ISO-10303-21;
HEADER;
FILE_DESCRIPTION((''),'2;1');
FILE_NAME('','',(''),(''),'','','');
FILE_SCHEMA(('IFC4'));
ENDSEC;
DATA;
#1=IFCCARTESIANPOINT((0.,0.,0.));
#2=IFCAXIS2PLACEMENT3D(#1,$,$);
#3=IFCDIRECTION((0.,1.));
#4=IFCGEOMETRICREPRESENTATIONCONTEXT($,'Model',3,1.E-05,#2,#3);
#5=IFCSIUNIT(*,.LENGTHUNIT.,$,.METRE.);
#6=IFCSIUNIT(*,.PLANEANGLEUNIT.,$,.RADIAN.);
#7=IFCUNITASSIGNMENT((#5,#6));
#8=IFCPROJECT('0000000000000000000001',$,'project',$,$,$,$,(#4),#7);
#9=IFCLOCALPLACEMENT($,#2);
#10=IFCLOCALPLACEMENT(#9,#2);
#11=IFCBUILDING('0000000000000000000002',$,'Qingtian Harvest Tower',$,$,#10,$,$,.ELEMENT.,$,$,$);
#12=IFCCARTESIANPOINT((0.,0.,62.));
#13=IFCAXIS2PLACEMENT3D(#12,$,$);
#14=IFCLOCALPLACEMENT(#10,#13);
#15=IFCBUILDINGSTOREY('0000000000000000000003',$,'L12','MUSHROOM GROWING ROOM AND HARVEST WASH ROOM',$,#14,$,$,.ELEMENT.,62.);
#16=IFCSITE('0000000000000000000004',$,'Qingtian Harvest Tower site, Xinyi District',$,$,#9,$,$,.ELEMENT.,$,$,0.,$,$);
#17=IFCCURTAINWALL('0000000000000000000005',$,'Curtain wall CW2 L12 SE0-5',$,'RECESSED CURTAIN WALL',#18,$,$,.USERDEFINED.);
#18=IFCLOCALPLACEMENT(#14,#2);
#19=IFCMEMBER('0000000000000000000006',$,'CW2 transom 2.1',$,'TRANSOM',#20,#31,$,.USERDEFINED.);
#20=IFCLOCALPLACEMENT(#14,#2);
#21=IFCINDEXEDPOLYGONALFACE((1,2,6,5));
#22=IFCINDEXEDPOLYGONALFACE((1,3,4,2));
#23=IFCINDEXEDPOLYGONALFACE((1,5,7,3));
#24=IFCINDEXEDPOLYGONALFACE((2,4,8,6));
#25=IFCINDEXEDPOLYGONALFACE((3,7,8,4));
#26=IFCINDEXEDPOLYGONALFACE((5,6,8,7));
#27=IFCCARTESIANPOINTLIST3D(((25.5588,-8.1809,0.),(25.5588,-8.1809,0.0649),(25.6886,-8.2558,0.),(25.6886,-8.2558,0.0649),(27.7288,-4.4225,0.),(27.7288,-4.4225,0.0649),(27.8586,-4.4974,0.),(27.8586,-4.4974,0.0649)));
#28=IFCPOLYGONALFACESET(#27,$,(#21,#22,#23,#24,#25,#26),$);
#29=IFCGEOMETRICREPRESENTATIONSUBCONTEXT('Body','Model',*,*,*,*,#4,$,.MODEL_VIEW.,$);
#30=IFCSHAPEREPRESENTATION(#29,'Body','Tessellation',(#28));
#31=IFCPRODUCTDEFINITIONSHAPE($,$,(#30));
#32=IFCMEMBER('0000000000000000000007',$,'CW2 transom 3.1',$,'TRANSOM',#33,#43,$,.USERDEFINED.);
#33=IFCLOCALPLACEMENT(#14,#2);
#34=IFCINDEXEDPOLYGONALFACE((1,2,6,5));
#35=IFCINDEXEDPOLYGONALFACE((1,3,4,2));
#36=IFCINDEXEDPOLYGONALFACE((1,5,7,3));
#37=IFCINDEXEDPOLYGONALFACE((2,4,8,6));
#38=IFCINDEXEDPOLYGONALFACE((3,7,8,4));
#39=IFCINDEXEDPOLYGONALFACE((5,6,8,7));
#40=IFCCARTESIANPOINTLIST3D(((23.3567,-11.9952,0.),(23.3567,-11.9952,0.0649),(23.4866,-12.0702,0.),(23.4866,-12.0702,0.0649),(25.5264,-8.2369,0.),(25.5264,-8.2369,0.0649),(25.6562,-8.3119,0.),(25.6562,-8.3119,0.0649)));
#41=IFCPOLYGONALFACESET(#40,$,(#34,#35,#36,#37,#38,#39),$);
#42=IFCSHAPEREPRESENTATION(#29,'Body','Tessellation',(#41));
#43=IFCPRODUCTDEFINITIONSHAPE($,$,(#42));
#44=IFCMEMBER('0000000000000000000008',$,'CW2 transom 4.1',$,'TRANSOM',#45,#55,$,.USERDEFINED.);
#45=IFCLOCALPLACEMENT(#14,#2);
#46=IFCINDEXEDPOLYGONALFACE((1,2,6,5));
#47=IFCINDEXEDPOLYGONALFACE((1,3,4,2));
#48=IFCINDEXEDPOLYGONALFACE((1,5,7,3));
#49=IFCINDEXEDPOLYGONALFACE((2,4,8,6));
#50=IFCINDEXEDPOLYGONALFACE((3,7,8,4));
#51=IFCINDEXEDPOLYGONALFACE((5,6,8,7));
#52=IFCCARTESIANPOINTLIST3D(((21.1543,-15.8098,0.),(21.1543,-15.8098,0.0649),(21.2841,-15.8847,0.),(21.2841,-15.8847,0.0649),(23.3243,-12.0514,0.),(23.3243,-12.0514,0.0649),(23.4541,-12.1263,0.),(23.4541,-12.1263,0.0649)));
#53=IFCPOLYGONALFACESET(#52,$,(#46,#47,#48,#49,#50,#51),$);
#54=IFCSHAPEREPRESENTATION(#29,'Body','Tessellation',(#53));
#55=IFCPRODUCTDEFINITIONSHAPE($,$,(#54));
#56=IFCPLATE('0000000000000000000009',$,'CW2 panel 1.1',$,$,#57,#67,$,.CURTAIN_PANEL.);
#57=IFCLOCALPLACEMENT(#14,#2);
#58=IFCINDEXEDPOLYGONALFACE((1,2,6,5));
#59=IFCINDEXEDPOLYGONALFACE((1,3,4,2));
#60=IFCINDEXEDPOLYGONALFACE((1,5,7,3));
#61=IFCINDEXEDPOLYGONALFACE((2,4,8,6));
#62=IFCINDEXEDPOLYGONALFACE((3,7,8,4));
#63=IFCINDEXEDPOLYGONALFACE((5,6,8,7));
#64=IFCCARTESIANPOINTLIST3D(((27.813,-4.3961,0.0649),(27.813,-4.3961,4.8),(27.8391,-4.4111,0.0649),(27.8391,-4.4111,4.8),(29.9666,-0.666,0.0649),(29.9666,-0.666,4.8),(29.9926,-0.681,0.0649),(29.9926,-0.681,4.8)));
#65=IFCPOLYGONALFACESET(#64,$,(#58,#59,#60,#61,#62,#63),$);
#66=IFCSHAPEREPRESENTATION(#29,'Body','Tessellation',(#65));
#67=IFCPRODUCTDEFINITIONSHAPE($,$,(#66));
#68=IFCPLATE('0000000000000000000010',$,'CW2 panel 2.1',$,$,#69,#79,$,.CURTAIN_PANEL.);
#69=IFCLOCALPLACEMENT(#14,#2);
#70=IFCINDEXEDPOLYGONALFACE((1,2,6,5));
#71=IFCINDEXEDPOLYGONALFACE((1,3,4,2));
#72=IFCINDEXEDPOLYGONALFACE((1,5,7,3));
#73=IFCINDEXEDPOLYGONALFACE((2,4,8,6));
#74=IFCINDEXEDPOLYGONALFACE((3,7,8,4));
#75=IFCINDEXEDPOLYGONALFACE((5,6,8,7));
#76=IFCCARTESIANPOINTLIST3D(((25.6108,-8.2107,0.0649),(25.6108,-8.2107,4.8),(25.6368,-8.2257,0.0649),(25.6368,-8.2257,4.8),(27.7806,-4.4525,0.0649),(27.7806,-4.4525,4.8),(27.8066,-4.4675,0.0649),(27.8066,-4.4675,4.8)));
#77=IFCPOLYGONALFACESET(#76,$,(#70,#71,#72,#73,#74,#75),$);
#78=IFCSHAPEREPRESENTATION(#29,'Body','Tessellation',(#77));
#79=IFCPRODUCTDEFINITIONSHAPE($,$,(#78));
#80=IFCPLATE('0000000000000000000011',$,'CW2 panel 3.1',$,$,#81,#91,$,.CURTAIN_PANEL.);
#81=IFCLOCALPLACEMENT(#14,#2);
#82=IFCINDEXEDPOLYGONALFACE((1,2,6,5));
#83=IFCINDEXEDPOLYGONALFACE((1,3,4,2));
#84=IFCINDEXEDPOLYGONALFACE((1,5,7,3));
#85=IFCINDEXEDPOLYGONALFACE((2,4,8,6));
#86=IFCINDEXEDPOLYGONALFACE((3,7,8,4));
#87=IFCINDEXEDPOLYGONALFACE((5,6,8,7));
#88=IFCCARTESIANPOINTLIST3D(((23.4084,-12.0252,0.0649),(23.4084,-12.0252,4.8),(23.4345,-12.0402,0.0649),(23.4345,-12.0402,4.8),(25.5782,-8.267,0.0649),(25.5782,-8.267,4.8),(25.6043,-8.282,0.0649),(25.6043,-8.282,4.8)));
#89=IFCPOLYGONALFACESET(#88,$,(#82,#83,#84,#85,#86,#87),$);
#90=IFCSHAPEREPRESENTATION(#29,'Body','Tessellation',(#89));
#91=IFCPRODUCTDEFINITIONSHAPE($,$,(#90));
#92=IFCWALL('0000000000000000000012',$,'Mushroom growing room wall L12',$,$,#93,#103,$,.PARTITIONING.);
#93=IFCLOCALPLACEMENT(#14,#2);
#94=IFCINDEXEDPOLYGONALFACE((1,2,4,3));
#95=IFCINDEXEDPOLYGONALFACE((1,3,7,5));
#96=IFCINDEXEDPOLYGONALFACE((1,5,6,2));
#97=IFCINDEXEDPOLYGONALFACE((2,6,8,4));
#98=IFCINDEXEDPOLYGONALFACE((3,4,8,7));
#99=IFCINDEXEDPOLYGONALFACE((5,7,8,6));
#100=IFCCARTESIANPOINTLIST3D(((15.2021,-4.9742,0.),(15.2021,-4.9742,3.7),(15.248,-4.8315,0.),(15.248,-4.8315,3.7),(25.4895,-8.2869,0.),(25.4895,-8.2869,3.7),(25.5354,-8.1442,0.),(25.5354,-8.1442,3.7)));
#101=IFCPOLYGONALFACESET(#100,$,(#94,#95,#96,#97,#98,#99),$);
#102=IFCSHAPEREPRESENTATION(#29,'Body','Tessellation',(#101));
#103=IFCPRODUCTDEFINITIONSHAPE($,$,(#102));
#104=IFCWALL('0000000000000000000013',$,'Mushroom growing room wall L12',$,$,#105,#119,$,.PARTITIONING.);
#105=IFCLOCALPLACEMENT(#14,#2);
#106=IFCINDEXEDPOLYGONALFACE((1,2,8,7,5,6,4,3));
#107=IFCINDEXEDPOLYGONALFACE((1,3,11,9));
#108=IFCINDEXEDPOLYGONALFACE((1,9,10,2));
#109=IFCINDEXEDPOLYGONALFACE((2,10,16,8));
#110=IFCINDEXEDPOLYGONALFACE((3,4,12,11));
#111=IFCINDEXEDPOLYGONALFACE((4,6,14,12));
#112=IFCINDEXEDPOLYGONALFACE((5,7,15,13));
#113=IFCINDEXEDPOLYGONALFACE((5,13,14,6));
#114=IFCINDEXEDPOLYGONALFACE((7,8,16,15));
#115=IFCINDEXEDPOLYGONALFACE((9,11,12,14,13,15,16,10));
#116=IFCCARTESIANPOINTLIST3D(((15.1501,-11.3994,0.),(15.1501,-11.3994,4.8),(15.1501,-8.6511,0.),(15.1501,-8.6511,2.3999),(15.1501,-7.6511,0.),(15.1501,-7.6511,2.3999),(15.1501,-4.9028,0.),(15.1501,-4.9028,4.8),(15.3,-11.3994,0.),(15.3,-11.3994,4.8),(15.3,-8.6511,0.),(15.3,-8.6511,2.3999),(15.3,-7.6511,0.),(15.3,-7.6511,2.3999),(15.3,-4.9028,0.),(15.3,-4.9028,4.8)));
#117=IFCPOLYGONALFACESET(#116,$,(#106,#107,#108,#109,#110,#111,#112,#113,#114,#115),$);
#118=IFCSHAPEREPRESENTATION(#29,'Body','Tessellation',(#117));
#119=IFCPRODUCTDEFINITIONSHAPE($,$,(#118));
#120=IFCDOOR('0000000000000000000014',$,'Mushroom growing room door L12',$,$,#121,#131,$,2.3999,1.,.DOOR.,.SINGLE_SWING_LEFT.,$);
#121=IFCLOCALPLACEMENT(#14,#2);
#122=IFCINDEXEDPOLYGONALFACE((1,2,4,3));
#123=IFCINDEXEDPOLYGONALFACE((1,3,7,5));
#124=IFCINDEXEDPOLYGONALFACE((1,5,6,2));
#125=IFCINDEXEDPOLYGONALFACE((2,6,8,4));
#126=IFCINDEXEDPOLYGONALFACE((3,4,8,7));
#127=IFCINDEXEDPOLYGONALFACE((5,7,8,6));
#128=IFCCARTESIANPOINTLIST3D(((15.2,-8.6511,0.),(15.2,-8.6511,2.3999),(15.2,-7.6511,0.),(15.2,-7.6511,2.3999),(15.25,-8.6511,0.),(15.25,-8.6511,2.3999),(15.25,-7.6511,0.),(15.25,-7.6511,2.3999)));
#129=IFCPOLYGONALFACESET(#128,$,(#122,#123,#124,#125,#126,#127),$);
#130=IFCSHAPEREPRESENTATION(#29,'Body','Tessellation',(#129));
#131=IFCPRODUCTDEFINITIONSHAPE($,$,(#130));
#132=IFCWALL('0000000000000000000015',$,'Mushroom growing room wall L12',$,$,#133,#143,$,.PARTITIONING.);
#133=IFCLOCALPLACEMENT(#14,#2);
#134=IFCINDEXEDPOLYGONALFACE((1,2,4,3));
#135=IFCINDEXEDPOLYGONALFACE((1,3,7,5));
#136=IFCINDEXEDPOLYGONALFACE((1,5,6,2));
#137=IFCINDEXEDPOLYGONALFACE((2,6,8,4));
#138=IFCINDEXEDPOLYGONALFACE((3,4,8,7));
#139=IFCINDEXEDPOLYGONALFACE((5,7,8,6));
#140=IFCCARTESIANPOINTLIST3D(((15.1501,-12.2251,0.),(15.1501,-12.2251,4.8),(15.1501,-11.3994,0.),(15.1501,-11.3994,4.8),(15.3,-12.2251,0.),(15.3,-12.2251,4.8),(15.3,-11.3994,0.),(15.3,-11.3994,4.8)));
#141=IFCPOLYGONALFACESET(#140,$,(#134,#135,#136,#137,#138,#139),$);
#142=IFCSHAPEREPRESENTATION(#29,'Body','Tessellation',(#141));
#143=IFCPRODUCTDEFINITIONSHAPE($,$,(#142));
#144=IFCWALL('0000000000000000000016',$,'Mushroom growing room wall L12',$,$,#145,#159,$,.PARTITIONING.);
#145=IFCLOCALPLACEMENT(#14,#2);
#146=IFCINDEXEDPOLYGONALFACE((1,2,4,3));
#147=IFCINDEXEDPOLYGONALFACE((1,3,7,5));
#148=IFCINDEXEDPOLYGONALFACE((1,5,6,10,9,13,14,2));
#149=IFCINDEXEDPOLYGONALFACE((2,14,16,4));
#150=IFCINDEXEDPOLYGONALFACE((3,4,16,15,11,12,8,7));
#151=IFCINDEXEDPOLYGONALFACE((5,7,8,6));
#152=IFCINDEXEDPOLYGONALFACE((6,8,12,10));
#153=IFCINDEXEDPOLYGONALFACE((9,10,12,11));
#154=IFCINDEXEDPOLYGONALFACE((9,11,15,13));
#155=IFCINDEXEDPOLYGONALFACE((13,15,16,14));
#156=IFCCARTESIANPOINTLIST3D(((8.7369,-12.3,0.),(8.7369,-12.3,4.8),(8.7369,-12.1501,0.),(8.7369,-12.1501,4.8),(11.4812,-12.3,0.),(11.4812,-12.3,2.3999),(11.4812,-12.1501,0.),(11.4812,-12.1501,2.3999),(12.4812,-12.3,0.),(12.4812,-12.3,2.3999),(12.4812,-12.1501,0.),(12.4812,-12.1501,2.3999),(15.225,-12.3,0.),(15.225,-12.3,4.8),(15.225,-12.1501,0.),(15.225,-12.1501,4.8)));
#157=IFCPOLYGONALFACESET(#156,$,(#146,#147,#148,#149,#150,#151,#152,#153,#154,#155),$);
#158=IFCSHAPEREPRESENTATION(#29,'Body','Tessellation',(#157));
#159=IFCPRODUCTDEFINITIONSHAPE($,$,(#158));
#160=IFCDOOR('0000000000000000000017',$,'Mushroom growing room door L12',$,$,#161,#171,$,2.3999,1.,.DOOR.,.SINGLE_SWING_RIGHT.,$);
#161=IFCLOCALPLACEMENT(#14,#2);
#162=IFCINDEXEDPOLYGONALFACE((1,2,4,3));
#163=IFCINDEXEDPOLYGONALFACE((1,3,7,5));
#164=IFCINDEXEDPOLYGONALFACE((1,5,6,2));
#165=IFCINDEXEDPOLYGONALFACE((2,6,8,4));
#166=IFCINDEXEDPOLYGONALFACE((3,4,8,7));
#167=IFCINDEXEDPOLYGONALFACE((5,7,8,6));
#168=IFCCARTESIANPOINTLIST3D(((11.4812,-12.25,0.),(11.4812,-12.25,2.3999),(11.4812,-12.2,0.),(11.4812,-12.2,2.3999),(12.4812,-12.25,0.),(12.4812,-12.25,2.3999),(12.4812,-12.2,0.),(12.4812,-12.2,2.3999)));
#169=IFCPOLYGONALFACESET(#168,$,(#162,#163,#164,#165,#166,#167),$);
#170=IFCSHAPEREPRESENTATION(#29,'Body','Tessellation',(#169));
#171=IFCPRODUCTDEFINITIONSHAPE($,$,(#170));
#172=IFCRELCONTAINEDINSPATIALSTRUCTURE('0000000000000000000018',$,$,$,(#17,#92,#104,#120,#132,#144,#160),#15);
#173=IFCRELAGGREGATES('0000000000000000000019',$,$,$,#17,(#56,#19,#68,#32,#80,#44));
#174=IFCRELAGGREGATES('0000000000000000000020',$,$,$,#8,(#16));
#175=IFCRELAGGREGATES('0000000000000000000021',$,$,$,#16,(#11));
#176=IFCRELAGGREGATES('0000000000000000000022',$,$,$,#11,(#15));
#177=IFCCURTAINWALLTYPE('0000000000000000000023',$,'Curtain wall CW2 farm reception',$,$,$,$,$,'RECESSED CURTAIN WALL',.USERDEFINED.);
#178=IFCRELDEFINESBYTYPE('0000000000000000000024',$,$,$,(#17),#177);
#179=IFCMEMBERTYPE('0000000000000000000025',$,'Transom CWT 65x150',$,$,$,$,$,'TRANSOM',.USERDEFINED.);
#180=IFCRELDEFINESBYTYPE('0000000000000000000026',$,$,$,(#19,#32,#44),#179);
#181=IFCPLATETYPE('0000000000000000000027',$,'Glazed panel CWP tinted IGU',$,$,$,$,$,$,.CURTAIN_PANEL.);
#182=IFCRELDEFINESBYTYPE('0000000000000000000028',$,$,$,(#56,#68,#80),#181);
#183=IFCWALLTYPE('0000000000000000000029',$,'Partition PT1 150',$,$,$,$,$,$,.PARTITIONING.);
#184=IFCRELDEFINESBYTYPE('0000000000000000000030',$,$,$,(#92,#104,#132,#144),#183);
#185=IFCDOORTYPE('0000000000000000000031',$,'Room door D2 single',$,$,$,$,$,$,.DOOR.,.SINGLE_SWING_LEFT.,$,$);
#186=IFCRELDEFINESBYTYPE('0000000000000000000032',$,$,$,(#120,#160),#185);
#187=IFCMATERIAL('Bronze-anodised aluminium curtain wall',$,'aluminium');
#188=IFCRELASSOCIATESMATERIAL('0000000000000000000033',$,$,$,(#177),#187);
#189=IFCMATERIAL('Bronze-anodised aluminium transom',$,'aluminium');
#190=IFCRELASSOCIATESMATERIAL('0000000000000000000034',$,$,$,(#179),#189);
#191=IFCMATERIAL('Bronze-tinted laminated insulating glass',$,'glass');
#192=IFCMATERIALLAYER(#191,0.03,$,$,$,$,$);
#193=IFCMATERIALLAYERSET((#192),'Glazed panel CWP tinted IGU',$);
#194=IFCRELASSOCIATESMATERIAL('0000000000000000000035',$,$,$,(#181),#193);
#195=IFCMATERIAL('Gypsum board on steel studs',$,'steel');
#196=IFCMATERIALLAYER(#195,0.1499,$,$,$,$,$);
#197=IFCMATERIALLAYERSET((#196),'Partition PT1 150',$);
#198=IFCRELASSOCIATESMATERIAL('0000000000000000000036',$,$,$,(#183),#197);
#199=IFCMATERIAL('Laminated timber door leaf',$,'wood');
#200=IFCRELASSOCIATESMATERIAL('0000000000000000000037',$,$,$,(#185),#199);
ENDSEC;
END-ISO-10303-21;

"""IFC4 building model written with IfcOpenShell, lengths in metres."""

from ifc_helpers import new_model, si_unit, direction, frame, frame_2d, origin, origin_2d, place, context, subcontext, project, spatial, rectangle, extrude, material, layer, layer_set, material_profile, profile_set, type_object, element, fill, aggregate, save


model = new_model("IFC4")

# Units and contexts
model_context = context("Model", 3, precision=1e-05, world=origin(), true_north=direction((0.0, 1.0)))
body_context = subcontext(model_context, "Body", "Model", "MODEL_VIEW")
ifc_project = project(units=[si_unit("LENGTHUNIT", "METRE"), si_unit("PLANEANGLEUNIT", "RADIAN")], contexts=[model_context])

# Site, building, storey
site_placement = place(None, origin())
site = spatial("IfcSite", under=ifc_project, at=site_placement, Name="Qingtian Harvest Tower site, Xinyi District", CompositionType="ELEMENT", RefElevation=0.0)
building_placement = place(site_placement, origin())
building = spatial("IfcBuilding", under=site, at=building_placement, Name="Qingtian Harvest Tower", CompositionType="ELEMENT")
storey_placement = place(building_placement, frame((0.0, 0.0, 62.0)))
storey = spatial("IfcBuildingStorey", under=building, at=storey_placement, Name="L12", Description="MUSHROOM GROWING ROOM AND HARVEST WASH ROOM", CompositionType="ELEMENT", Elevation=62.0)

# Shared definitions
ifc_material_1 = material(Name="Bronze-anodised aluminium curtain wall", Category="aluminium")
curtain_wall_type = type_object("IfcCurtainWallType", Name="Curtain wall CW2 farm reception", ElementType="RECESSED CURTAIN WALL", PredefinedType="USERDEFINED", material=ifc_material_1)

# Curtain wall
curtain_wall_1_placement = place(storey_placement, origin())
curtain_wall_1 = element("IfcCurtainWall", 1, at=curtain_wall_1_placement, inside=storey, type_object=curtain_wall_type, Name="Curtain wall CW2 L12 SE0-5", ObjectType="RECESSED CURTAIN WALL", PredefinedType="USERDEFINED")

# Members
ifc_material_2 = material(Name="Bronze-anodised aluminium transom", Category="aluminium")
ifc_material_profile_1 = material_profile(ifc_material_2, rectangle(XDim=0.1499, YDim=0.0649, at=origin_2d()), Name="AL 65x150")
ifc_profile_set_1 = profile_set([ifc_material_profile_1], Name="Bronze-anodised aluminium transom")
member_type_1 = type_object("IfcMemberType", Name="Transom CWT 65x150", ElementType="TRANSOM", PredefinedType="USERDEFINED", material=ifc_profile_set_1)
member_1_placement = place(storey_placement, frame((27.7937, -4.46, 0.0325), z_axis=(-0.500011, -0.866019, 0.0), x_axis=(0.866019, -0.500011, 0.0)))
member_1 = element("IfcMember", 2, at=member_1_placement, type_object=member_type_1, Name="CW2 transom 2.1", ObjectType="TRANSOM", PredefinedType="USERDEFINED", context=body_context, shape_type="SweptSolid", body=[
    extrude(rectangle(XDim=0.1499, YDim=0.0649, at=origin_2d()), origin(), (0.0, 0.0, 1.0), 4.3398),
])
member_2_placement = place(storey_placement, frame((25.5913, -8.2744, 0.0325), z_axis=(-0.499969, -0.866043, 0.0), x_axis=(0.866043, -0.499969, 0.0)))
member_2 = element("IfcMember", 3, at=member_2_placement, type_object=member_type_1, Name="CW2 transom 3.1", ObjectType="TRANSOM", PredefinedType="USERDEFINED", context=body_context, shape_type="SweptSolid", body=[
    extrude(rectangle(XDim=0.1499, YDim=0.0649, at=origin_2d()), origin(), (0.0, 0.0, 1.0), 4.3396),
])
member_3_placement = place(storey_placement, frame((23.3892, -12.0889, 0.0325), z_axis=(-0.500011, -0.866019, 0.0), x_axis=(0.866019, -0.500011, 0.0)))
member_3 = element("IfcMember", 4, at=member_3_placement, type_object=member_type_1, Name="CW2 transom 4.1", ObjectType="TRANSOM", PredefinedType="USERDEFINED", context=body_context, shape_type="SweptSolid", body=[
    extrude(rectangle(XDim=0.1499, YDim=0.0649, at=origin_2d()), origin(), (0.0, 0.0, 1.0), 4.3398),
])

# Plates
ifc_material_3 = material(Name="Bronze-tinted laminated insulating glass", Category="glass")
ifc_layer_1 = layer(ifc_material_3, 0.03)
ifc_layer_set_1 = layer_set([ifc_layer_1], Name="Glazed panel CWP tinted IGU")
plate_type = type_object("IfcPlateType", Name="Glazed panel CWP tinted IGU", PredefinedType="CURTAIN_PANEL", material=ifc_layer_set_1)
plate_1_placement = place(storey_placement, frame((28.9028, -2.5386, 0.0649), z_axis=(0.0, 0.0, 1.0), x_axis=(-0.5, -0.866025, 0.0)))
plate_1 = element("IfcPlate", 5, at=plate_1_placement, type_object=plate_type, Name="CW2 panel 1.1", PredefinedType="CURTAIN_PANEL", context=body_context, shape_type="SweptSolid", body=[
    extrude(rectangle(XDim=4.3071, YDim=0.03, at=origin_2d()), origin(), (0.0, 0.0, 1.0), 4.7351),
])
plate_2_placement = place(storey_placement, frame((26.7087, -6.3391, 0.0649), z_axis=(0.0, 0.0, 1.0), x_axis=(-0.5, -0.866025, 0.0)))
plate_2 = element("IfcPlate", 6, at=plate_2_placement, type_object=plate_type, Name="CW2 panel 2.1", PredefinedType="CURTAIN_PANEL", context=body_context, shape_type="SweptSolid", body=[
    extrude(rectangle(XDim=4.3396, YDim=0.03, at=origin_2d()), origin(), (0.0, 0.0, 1.0), 4.7351),
])
plate_3_placement = place(storey_placement, frame((24.5063, -10.1536, 0.0649), z_axis=(0.0, 0.0, 1.0), x_axis=(-0.5, -0.866025, 0.0)))
plate_3 = element("IfcPlate", 7, at=plate_3_placement, type_object=plate_type, Name="CW2 panel 3.1", PredefinedType="CURTAIN_PANEL", context=body_context, shape_type="SweptSolid", body=[
    extrude(rectangle(XDim=4.3396, YDim=0.03, at=origin_2d()), origin(), (0.0, 0.0, 1.0), 4.7351),
])
aggregate(curtain_wall_1, [plate_1, member_1, plate_2, member_2, plate_3, member_3])

# Wall
ifc_material_4 = material(Name="Gypsum board on steel studs", Category="steel")
ifc_layer_2 = layer(ifc_material_4, 0.1499)
ifc_layer_set_2 = layer_set([ifc_layer_2], Name="Partition PT1 150")
wall_type = type_object("IfcWallType", Name="Partition PT1 150", PredefinedType="PARTITIONING", material=ifc_layer_set_2)
wall_1_placement = place(storey_placement, frame((25.5125, -8.2156, 0.0), z_axis=(0.0, 0.0, 1.0), x_axis=(-0.951864, 0.30652, 0.0)))
element("IfcWall", 8, at=wall_1_placement, inside=storey, type_object=wall_type, Name="Mushroom growing room wall L12", PredefinedType="PARTITIONING", context=body_context, shape_type="SweptSolid", body=[
    extrude(rectangle(XDim=10.8076, YDim=0.1499, at=frame_2d((5.4038, 0.0))), origin(), (0.0, 0.0, 1.0), 3.7),
])

# Wall, opening, door
wall_2_placement = place(storey_placement, frame((15.2251, -4.9028, 0.0), z_axis=(0.0, 0.0, 1.0), x_axis=(0.0, -1.0, 0.0)))
wall_2 = element("IfcWall", 9, at=wall_2_placement, inside=storey, type_object=wall_type, Name="Mushroom growing room wall L12", PredefinedType="PARTITIONING", context=body_context, shape_type="SweptSolid", body=[
    extrude(rectangle(XDim=6.4966, YDim=0.1499, at=frame_2d((3.2483, 0.0))), origin(), (0.0, 0.0, 1.0), 4.8),
])
opening_1_placement = place(wall_2_placement, frame((2.7483, 0.0, 0.0)))
opening_1 = element("IfcOpeningElement", 10, at=opening_1_placement, cuts=wall_2, PredefinedType="OPENING", context=body_context, shape_type="SweptSolid", body=[
    extrude(rectangle(XDim=1.0, YDim=2.3999, at=frame_2d((0.5, 1.2))), frame((0.0, 0.085, 0.0), z_axis=(0.0, -1.0, 0.0), x_axis=(1.0, 0.0, 0.0)), (0.0, 0.0, 1.0), 0.1699),
])
ifc_material_5 = material(Name="Laminated timber door leaf", Category="wood")
door_type = type_object("IfcDoorType", Name="Room door D2 single", OperationType="SINGLE_SWING_LEFT", PredefinedType="DOOR", material=ifc_material_5)
door_1_placement = place(opening_1_placement, origin())
door_1 = element("IfcDoor", 11, at=door_1_placement, inside=storey, type_object=door_type, Name="Mushroom growing room door L12", OperationType="SINGLE_SWING_LEFT", OverallHeight=2.3999, OverallWidth=1.0, PredefinedType="DOOR", context=body_context, shape_type="SweptSolid", body=[
    extrude(rectangle(XDim=1.0, YDim=2.3999, at=frame_2d((0.5, 1.2))), frame((0.0, 0.0249, 0.0), z_axis=(0.0, -1.0, 0.0), x_axis=(1.0, 0.0, 0.0)), (0.0, 0.0, 1.0), 0.05),
])
fill(opening_1, door_1)

# Wall
wall_3_placement = place(storey_placement, frame((15.2251, -11.3994, 0.0), z_axis=(0.0, 0.0, 1.0), x_axis=(0.0, -1.0, 0.0)))
element("IfcWall", 12, at=wall_3_placement, inside=storey, type_object=wall_type, Name="Mushroom growing room wall L12", PredefinedType="PARTITIONING", context=body_context, shape_type="SweptSolid", body=[
    extrude(rectangle(XDim=0.8257, YDim=0.1499, at=frame_2d((0.4128, 0.0))), origin(), (0.0, 0.0, 1.0), 4.8),
])

# Wall, opening, door
wall_4_placement = place(storey_placement, frame((15.2251, -12.2251, 0.0), z_axis=(0.0, 0.0, 1.0), x_axis=(-1.0, 0.0, 0.0)))
wall_4 = element("IfcWall", 13, at=wall_4_placement, inside=storey, type_object=wall_type, Name="Mushroom growing room wall L12", PredefinedType="PARTITIONING", context=body_context, shape_type="SweptSolid", body=[
    extrude(rectangle(XDim=6.488, YDim=0.1499, at=frame_2d((3.2441, 0.0))), origin(), (0.0, 0.0, 1.0), 4.8),
])
opening_2_placement = place(wall_4_placement, frame((2.7439, 0.0, 0.0)))
opening_2 = element("IfcOpeningElement", 14, at=opening_2_placement, cuts=wall_4, PredefinedType="OPENING", context=body_context, shape_type="SweptSolid", body=[
    extrude(rectangle(XDim=1.0, YDim=2.3999, at=frame_2d((0.5, 1.2))), frame((0.0, 0.085, 0.0), z_axis=(0.0, -1.0, 0.0), x_axis=(1.0, 0.0, 0.0)), (0.0, 0.0, 1.0), 0.1699),
])
door_2_placement = place(opening_2_placement, origin())
door_2 = element("IfcDoor", 15, at=door_2_placement, inside=storey, type_object=door_type, Name="Mushroom growing room door L12", OperationType="SINGLE_SWING_RIGHT", OverallHeight=2.3999, OverallWidth=1.0, PredefinedType="DOOR", context=body_context, shape_type="SweptSolid", body=[
    extrude(rectangle(XDim=1.0, YDim=2.3999, at=frame_2d((0.5, 1.2))), frame((0.0, 0.0249, 0.0), z_axis=(0.0, -1.0, 0.0), x_axis=(1.0, 0.0, 0.0)), (0.0, 0.0, 1.0), 0.05),
])
fill(opening_2, door_2)

save(model, "model.ifc")
